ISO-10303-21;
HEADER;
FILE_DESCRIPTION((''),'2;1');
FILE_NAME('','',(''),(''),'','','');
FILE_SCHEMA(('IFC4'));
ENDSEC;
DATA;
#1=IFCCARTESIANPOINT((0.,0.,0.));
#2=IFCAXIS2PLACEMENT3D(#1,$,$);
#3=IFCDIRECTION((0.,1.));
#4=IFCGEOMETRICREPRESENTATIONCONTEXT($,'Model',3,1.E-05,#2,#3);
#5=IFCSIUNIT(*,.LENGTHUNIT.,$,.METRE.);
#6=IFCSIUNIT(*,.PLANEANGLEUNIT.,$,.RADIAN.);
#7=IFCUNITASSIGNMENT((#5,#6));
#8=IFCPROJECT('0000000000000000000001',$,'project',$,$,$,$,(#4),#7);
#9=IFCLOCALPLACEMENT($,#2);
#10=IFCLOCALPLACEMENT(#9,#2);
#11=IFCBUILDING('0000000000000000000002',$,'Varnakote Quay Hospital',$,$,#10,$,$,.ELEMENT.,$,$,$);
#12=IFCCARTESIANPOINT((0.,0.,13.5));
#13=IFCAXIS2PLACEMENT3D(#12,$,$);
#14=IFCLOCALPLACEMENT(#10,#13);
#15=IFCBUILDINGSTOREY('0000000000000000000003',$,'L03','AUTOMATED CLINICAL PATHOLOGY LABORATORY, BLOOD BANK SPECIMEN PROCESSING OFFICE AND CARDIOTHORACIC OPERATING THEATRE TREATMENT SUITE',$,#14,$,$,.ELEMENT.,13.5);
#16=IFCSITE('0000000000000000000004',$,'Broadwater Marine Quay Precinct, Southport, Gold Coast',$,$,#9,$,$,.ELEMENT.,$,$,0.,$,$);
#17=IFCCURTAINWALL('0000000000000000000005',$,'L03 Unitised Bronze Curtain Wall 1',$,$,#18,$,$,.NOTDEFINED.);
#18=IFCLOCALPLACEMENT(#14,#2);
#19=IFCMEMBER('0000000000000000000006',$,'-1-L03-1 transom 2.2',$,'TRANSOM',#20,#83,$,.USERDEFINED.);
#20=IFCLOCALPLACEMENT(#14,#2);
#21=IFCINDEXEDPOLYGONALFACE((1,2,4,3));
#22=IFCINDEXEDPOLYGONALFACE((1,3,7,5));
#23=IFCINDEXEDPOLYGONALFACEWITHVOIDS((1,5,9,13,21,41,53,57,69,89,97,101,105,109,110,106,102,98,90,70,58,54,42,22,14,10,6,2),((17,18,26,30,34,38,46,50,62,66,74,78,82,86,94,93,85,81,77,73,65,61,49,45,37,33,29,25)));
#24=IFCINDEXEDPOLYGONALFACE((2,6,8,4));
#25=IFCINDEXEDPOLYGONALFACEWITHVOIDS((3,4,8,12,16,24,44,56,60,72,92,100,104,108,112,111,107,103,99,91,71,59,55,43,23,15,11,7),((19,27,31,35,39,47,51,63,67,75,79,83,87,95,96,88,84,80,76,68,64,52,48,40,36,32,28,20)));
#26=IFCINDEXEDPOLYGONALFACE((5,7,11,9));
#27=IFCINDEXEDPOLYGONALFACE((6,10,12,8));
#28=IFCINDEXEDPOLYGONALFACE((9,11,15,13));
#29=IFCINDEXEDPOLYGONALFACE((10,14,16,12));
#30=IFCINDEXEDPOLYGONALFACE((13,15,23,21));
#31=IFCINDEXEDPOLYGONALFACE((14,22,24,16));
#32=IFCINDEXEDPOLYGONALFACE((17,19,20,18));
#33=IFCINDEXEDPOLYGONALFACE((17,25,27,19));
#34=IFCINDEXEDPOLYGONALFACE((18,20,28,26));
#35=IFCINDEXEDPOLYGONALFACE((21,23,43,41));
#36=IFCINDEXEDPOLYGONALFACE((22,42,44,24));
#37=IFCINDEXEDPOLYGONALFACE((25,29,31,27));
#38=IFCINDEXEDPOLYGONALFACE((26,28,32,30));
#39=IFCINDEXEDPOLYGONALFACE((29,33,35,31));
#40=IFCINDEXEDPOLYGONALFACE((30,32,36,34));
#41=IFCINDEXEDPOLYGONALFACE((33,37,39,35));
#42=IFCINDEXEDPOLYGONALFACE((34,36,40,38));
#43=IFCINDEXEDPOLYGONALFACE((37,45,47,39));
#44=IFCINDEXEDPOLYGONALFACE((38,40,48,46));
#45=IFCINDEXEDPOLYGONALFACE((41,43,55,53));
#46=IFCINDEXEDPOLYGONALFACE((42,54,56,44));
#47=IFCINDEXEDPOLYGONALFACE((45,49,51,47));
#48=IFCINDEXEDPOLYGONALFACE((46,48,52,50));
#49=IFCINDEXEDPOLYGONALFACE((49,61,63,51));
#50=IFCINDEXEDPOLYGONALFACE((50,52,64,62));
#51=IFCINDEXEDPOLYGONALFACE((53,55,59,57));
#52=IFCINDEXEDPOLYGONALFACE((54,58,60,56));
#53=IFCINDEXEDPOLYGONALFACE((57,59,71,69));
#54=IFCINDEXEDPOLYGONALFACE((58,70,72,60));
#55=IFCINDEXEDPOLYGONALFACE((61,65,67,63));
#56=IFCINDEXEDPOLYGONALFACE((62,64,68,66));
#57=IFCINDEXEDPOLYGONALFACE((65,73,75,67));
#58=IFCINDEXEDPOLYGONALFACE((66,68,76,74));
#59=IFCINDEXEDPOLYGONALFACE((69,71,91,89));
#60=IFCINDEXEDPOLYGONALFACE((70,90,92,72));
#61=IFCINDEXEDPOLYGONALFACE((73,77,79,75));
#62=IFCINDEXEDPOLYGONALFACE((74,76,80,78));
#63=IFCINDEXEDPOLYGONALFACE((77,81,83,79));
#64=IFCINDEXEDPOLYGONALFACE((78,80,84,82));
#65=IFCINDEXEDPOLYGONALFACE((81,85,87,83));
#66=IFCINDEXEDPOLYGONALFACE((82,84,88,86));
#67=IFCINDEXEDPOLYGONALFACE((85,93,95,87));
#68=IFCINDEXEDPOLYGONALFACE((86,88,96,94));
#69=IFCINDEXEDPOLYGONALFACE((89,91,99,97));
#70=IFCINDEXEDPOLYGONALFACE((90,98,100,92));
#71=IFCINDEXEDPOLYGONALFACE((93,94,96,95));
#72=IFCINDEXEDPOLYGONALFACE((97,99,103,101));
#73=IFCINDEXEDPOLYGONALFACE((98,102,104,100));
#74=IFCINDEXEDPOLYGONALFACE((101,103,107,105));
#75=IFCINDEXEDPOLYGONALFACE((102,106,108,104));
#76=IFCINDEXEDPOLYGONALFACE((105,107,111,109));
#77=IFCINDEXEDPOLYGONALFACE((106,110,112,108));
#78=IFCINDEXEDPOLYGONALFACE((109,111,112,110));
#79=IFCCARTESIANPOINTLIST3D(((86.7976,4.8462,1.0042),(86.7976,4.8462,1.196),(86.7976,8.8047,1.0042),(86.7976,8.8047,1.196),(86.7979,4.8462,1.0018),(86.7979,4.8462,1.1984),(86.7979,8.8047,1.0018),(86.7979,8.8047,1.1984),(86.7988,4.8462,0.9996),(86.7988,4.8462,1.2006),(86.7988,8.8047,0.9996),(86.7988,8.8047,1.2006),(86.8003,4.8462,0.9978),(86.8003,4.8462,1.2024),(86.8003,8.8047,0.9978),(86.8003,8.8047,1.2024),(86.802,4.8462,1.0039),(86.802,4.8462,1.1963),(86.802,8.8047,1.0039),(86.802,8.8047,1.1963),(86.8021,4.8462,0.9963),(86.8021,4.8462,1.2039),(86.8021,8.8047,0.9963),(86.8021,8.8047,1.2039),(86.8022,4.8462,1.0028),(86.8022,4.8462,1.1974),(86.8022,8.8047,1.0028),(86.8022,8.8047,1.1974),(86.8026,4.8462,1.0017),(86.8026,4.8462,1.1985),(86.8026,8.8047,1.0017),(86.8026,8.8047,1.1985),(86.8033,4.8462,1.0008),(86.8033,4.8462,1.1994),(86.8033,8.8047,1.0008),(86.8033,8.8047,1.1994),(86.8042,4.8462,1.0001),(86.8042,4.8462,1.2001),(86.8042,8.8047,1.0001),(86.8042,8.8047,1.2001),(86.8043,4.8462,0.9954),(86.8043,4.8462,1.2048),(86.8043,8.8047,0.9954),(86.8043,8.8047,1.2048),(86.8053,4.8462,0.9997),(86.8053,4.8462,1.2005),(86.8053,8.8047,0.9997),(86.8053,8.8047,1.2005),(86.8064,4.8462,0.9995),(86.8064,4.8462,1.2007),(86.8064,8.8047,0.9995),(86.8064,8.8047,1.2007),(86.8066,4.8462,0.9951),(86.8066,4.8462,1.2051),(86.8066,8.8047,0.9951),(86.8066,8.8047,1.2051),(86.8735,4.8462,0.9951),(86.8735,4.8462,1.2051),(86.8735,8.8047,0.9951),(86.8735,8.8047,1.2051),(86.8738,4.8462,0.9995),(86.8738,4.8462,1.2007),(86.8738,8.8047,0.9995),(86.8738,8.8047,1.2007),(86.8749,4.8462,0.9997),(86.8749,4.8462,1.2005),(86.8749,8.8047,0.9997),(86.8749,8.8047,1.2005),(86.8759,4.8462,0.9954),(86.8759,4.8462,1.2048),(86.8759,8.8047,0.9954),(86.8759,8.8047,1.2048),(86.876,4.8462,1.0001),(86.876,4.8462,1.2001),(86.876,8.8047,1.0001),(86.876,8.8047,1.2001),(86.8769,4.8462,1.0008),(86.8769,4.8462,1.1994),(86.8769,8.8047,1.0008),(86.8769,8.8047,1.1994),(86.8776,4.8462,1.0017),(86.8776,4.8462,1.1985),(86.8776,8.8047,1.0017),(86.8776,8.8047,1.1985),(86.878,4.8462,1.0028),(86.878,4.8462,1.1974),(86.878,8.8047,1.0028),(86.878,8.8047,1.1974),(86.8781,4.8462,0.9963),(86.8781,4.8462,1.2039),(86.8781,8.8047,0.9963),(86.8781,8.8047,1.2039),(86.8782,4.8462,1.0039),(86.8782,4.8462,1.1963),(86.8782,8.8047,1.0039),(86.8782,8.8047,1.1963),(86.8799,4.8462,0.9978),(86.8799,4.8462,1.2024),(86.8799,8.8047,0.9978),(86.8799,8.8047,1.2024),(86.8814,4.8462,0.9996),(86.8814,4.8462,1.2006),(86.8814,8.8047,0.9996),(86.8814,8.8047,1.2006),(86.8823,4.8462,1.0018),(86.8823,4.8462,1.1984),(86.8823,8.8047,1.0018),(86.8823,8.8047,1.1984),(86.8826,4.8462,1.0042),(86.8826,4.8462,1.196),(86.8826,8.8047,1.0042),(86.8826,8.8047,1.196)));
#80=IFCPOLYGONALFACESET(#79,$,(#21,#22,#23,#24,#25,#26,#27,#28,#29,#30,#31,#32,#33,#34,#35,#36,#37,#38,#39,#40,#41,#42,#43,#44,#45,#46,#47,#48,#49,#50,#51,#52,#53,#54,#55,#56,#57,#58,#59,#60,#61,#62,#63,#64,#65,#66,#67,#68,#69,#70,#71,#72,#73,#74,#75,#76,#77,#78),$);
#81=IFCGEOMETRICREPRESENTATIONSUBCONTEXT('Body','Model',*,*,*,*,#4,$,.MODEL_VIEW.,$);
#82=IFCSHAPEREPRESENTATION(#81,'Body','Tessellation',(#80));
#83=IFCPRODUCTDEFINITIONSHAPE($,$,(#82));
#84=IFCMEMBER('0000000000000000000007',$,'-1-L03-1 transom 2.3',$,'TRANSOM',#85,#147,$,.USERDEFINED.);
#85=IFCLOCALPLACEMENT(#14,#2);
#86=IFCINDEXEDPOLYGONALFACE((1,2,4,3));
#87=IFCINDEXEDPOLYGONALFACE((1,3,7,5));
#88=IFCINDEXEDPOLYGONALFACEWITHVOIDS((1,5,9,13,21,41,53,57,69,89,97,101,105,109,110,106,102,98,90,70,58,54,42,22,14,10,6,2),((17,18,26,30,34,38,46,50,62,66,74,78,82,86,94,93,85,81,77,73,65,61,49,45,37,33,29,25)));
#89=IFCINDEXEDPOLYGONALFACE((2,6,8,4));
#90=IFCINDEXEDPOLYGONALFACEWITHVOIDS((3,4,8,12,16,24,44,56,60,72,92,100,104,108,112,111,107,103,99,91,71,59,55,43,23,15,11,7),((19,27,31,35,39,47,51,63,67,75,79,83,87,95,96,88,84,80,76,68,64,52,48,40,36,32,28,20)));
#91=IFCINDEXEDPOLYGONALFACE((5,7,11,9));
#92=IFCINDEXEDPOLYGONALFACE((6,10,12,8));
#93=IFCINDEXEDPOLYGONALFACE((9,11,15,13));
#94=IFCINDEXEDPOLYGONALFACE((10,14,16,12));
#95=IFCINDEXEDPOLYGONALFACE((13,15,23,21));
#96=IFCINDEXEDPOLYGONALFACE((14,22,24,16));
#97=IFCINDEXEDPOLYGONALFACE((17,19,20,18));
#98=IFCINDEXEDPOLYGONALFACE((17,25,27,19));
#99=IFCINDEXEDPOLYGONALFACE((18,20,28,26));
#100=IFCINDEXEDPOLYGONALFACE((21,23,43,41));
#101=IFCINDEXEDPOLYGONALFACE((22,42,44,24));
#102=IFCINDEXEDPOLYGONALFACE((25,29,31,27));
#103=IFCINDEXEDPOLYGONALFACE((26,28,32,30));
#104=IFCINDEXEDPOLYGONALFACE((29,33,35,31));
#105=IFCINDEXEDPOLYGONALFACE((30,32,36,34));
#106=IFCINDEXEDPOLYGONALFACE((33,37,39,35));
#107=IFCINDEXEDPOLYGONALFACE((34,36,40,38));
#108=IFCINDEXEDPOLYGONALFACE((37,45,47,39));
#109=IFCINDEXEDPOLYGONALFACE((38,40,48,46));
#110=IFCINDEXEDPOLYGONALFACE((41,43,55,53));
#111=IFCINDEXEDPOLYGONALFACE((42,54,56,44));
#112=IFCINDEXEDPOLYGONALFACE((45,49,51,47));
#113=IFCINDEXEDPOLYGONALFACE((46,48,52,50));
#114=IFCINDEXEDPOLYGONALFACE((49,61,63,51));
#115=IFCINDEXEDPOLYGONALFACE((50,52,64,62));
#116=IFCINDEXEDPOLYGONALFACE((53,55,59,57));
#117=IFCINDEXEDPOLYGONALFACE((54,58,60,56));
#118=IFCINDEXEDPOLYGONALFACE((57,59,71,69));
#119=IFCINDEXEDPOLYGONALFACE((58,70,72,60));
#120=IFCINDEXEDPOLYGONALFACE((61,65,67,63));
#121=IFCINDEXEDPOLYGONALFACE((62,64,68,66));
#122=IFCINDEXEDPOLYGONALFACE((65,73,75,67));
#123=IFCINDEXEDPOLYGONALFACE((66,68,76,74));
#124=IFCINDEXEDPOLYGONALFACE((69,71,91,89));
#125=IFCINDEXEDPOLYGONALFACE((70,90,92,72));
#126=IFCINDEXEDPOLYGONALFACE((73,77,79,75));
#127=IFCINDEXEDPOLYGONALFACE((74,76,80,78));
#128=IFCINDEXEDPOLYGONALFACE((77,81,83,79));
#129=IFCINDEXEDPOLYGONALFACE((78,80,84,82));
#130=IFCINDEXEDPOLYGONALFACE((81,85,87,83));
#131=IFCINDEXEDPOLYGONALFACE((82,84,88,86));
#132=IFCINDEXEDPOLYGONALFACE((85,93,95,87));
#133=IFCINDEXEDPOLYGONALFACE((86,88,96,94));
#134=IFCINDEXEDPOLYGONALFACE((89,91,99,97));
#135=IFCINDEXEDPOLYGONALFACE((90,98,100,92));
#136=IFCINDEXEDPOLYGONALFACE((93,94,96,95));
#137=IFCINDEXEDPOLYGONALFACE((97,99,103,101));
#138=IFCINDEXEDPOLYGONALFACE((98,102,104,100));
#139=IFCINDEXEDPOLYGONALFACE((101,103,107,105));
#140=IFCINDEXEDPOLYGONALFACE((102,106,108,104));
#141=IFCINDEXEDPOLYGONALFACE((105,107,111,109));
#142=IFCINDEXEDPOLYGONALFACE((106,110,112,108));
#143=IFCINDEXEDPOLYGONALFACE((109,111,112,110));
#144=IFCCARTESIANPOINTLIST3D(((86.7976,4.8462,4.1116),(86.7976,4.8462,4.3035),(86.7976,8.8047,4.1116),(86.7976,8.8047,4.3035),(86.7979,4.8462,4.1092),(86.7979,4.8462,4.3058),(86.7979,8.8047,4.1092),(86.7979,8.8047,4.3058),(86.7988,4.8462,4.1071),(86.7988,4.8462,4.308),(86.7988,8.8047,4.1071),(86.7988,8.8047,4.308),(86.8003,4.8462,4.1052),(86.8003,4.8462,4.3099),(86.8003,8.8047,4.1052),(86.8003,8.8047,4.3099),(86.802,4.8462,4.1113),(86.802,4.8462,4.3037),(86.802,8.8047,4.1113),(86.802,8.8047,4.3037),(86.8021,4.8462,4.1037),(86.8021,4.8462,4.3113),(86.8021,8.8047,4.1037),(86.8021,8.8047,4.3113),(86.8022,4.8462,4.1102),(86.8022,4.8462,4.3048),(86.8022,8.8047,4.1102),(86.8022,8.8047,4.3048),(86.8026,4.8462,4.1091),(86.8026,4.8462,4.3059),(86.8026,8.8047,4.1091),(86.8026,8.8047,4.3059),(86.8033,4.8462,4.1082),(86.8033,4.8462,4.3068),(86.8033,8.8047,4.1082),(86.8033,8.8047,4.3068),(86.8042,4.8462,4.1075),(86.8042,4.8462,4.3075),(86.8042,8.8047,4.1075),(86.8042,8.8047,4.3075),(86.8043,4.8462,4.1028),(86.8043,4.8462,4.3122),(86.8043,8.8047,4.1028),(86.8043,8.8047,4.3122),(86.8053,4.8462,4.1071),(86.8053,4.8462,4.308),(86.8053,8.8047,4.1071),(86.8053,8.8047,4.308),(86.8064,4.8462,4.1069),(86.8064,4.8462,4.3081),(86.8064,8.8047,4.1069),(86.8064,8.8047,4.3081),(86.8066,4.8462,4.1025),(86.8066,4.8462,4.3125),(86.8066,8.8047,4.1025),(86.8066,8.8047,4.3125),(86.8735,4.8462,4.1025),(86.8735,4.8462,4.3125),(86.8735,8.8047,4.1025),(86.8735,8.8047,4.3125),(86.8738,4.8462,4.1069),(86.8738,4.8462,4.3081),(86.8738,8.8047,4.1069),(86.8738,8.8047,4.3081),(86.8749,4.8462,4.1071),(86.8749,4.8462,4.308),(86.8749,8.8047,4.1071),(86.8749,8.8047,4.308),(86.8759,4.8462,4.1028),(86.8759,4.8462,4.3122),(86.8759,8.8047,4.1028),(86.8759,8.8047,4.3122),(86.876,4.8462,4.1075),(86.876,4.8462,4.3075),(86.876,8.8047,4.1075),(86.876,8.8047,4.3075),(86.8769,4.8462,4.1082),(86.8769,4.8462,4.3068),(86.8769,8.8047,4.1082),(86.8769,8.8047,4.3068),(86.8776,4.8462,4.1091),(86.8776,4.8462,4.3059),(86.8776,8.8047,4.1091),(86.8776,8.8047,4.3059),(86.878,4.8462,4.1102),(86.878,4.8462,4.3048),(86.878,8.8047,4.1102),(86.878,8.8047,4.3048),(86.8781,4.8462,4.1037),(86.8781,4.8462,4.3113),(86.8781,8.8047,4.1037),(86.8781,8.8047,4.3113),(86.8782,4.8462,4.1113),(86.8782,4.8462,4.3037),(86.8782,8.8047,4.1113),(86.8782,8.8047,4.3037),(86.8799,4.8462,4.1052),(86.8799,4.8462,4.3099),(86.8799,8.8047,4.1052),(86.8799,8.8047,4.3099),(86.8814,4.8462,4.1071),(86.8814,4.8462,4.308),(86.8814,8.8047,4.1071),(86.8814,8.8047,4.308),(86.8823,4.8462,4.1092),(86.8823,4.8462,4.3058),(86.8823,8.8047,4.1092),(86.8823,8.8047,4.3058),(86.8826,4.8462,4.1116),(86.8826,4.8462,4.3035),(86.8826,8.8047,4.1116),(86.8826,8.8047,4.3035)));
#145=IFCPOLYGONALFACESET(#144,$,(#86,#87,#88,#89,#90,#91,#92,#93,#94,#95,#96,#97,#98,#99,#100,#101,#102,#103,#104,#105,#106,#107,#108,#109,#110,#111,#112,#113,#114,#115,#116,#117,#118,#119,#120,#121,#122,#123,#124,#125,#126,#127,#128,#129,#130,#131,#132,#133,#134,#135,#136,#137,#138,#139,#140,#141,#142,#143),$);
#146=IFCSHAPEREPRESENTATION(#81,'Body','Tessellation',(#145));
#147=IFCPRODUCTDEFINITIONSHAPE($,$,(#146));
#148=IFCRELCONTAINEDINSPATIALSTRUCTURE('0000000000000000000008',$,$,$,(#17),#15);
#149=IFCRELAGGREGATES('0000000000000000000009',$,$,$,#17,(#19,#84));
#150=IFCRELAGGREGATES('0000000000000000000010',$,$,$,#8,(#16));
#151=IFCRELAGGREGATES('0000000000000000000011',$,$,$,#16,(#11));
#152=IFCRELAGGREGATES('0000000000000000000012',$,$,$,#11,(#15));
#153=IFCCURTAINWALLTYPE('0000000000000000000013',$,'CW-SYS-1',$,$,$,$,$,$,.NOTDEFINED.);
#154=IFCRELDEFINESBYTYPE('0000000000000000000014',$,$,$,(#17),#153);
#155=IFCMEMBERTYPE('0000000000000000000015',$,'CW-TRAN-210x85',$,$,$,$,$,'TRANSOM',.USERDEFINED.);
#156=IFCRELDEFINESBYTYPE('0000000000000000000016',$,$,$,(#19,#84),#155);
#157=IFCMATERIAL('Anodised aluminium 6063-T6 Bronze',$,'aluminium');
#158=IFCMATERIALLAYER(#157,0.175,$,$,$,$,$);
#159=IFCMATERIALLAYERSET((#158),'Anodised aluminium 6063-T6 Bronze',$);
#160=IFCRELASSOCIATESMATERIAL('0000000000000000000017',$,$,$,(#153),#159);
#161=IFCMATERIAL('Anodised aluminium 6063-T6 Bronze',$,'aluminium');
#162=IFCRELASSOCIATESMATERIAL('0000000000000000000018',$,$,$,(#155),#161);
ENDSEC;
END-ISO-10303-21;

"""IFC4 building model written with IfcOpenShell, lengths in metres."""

from ifc_helpers import new_model, si_unit, direction, frame, origin, origin_2d, place, context, subcontext, project, spatial, hollow_rectangle, extrude, material, layer, layer_set, material_profile, profile_set, type_object, element, aggregate, save


model = new_model("IFC4")

# Units and contexts
model_context = context("Model", 3, precision=1e-05, world=origin(), true_north=direction((0.0, 1.0)))
body_context = subcontext(model_context, "Body", "Model", "MODEL_VIEW")
ifc_project = project(units=[si_unit("LENGTHUNIT", "METRE"), si_unit("PLANEANGLEUNIT", "RADIAN")], contexts=[model_context])

# Site, building, storey
site_placement = place(None, origin())
site = spatial("IfcSite", under=ifc_project, at=site_placement, Name="Broadwater Marine Quay Precinct, Southport, Gold Coast", CompositionType="ELEMENT", RefElevation=0.0)
building_placement = place(site_placement, origin())
building = spatial("IfcBuilding", under=site, at=building_placement, Name="Varnakote Quay Hospital", CompositionType="ELEMENT")
storey_placement = place(building_placement, frame((0.0, 0.0, 13.5)))
storey = spatial("IfcBuildingStorey", under=building, at=storey_placement, Name="L03", Description="AUTOMATED CLINICAL PATHOLOGY LABORATORY, BLOOD BANK SPECIMEN PROCESSING OFFICE AND CARDIOTHORACIC OPERATING THEATRE TREATMENT SUITE", CompositionType="ELEMENT", Elevation=13.5)

# Curtain wall, members
ifc_material_1 = material(Name="Anodised aluminium 6063-T6 Bronze", Category="aluminium")
ifc_layer_1 = layer(ifc_material_1, 0.175)
ifc_layer_set_1 = layer_set([ifc_layer_1], Name="Anodised aluminium 6063-T6 Bronze")
curtain_wall_type = type_object("IfcCurtainWallType", Name="CW-SYS-1", PredefinedType="NOTDEFINED", material=ifc_layer_set_1)
curtain_wall_placement = place(storey_placement, origin())
curtain_wall = element("IfcCurtainWall", 1, at=curtain_wall_placement, inside=storey, type_object=curtain_wall_type, Name="L03 Unitised Bronze Curtain Wall 1", PredefinedType="NOTDEFINED")
ifc_material_2 = material(Name="Anodised aluminium 6063-T6 Bronze", Category="aluminium")
ifc_material_profile_1 = material_profile(ifc_material_2, hollow_rectangle(XDim=0.085, YDim=0.21, WallThickness=0.0044, InnerFilletRadius=0.0044, OuterFilletRadius=0.009, at=origin_2d()), Name="CW-TRAN-210x85")
ifc_profile_set_1 = profile_set([ifc_material_profile_1], Name="Anodised aluminium 6063-T6 Bronze")
member_type_1 = type_object("IfcMemberType", Name="CW-TRAN-210x85", ElementType="TRANSOM", PredefinedType="USERDEFINED", material=ifc_profile_set_1)
member_1_placement = place(storey_placement, frame((86.8401, 4.8462, 1.1001), z_axis=(0.0, 1.0, 0.0), x_axis=(-1.0, 0.0, 0.0)))
member_1 = element("IfcMember", 2, at=member_1_placement, type_object=member_type_1, Name="-1-L03-1 transom 2.2", ObjectType="TRANSOM", PredefinedType="USERDEFINED", context=body_context, shape_type="SweptSolid", body=[
    extrude(hollow_rectangle(XDim=0.085, YDim=0.21, WallThickness=0.0044, InnerFilletRadius=0.0044, OuterFilletRadius=0.009, at=origin_2d()), origin(), (0.0, 0.0, 1.0), 3.9585),
])
member_2_placement = place(storey_placement, frame((86.8401, 4.8462, 4.2075), z_axis=(0.0, 1.0, 0.0), x_axis=(-1.0, 0.0, 0.0)))
member_2 = element("IfcMember", 3, at=member_2_placement, type_object=member_type_1, Name="-1-L03-1 transom 2.3", ObjectType="TRANSOM", PredefinedType="USERDEFINED", context=body_context, shape_type="SweptSolid", body=[
    extrude(hollow_rectangle(XDim=0.085, YDim=0.21, WallThickness=0.0044, InnerFilletRadius=0.0044, OuterFilletRadius=0.009, at=origin_2d()), origin(), (0.0, 0.0, 1.0), 3.9585),
])
aggregate(curtain_wall, [member_1, member_2])

save(model, "model.ifc")
